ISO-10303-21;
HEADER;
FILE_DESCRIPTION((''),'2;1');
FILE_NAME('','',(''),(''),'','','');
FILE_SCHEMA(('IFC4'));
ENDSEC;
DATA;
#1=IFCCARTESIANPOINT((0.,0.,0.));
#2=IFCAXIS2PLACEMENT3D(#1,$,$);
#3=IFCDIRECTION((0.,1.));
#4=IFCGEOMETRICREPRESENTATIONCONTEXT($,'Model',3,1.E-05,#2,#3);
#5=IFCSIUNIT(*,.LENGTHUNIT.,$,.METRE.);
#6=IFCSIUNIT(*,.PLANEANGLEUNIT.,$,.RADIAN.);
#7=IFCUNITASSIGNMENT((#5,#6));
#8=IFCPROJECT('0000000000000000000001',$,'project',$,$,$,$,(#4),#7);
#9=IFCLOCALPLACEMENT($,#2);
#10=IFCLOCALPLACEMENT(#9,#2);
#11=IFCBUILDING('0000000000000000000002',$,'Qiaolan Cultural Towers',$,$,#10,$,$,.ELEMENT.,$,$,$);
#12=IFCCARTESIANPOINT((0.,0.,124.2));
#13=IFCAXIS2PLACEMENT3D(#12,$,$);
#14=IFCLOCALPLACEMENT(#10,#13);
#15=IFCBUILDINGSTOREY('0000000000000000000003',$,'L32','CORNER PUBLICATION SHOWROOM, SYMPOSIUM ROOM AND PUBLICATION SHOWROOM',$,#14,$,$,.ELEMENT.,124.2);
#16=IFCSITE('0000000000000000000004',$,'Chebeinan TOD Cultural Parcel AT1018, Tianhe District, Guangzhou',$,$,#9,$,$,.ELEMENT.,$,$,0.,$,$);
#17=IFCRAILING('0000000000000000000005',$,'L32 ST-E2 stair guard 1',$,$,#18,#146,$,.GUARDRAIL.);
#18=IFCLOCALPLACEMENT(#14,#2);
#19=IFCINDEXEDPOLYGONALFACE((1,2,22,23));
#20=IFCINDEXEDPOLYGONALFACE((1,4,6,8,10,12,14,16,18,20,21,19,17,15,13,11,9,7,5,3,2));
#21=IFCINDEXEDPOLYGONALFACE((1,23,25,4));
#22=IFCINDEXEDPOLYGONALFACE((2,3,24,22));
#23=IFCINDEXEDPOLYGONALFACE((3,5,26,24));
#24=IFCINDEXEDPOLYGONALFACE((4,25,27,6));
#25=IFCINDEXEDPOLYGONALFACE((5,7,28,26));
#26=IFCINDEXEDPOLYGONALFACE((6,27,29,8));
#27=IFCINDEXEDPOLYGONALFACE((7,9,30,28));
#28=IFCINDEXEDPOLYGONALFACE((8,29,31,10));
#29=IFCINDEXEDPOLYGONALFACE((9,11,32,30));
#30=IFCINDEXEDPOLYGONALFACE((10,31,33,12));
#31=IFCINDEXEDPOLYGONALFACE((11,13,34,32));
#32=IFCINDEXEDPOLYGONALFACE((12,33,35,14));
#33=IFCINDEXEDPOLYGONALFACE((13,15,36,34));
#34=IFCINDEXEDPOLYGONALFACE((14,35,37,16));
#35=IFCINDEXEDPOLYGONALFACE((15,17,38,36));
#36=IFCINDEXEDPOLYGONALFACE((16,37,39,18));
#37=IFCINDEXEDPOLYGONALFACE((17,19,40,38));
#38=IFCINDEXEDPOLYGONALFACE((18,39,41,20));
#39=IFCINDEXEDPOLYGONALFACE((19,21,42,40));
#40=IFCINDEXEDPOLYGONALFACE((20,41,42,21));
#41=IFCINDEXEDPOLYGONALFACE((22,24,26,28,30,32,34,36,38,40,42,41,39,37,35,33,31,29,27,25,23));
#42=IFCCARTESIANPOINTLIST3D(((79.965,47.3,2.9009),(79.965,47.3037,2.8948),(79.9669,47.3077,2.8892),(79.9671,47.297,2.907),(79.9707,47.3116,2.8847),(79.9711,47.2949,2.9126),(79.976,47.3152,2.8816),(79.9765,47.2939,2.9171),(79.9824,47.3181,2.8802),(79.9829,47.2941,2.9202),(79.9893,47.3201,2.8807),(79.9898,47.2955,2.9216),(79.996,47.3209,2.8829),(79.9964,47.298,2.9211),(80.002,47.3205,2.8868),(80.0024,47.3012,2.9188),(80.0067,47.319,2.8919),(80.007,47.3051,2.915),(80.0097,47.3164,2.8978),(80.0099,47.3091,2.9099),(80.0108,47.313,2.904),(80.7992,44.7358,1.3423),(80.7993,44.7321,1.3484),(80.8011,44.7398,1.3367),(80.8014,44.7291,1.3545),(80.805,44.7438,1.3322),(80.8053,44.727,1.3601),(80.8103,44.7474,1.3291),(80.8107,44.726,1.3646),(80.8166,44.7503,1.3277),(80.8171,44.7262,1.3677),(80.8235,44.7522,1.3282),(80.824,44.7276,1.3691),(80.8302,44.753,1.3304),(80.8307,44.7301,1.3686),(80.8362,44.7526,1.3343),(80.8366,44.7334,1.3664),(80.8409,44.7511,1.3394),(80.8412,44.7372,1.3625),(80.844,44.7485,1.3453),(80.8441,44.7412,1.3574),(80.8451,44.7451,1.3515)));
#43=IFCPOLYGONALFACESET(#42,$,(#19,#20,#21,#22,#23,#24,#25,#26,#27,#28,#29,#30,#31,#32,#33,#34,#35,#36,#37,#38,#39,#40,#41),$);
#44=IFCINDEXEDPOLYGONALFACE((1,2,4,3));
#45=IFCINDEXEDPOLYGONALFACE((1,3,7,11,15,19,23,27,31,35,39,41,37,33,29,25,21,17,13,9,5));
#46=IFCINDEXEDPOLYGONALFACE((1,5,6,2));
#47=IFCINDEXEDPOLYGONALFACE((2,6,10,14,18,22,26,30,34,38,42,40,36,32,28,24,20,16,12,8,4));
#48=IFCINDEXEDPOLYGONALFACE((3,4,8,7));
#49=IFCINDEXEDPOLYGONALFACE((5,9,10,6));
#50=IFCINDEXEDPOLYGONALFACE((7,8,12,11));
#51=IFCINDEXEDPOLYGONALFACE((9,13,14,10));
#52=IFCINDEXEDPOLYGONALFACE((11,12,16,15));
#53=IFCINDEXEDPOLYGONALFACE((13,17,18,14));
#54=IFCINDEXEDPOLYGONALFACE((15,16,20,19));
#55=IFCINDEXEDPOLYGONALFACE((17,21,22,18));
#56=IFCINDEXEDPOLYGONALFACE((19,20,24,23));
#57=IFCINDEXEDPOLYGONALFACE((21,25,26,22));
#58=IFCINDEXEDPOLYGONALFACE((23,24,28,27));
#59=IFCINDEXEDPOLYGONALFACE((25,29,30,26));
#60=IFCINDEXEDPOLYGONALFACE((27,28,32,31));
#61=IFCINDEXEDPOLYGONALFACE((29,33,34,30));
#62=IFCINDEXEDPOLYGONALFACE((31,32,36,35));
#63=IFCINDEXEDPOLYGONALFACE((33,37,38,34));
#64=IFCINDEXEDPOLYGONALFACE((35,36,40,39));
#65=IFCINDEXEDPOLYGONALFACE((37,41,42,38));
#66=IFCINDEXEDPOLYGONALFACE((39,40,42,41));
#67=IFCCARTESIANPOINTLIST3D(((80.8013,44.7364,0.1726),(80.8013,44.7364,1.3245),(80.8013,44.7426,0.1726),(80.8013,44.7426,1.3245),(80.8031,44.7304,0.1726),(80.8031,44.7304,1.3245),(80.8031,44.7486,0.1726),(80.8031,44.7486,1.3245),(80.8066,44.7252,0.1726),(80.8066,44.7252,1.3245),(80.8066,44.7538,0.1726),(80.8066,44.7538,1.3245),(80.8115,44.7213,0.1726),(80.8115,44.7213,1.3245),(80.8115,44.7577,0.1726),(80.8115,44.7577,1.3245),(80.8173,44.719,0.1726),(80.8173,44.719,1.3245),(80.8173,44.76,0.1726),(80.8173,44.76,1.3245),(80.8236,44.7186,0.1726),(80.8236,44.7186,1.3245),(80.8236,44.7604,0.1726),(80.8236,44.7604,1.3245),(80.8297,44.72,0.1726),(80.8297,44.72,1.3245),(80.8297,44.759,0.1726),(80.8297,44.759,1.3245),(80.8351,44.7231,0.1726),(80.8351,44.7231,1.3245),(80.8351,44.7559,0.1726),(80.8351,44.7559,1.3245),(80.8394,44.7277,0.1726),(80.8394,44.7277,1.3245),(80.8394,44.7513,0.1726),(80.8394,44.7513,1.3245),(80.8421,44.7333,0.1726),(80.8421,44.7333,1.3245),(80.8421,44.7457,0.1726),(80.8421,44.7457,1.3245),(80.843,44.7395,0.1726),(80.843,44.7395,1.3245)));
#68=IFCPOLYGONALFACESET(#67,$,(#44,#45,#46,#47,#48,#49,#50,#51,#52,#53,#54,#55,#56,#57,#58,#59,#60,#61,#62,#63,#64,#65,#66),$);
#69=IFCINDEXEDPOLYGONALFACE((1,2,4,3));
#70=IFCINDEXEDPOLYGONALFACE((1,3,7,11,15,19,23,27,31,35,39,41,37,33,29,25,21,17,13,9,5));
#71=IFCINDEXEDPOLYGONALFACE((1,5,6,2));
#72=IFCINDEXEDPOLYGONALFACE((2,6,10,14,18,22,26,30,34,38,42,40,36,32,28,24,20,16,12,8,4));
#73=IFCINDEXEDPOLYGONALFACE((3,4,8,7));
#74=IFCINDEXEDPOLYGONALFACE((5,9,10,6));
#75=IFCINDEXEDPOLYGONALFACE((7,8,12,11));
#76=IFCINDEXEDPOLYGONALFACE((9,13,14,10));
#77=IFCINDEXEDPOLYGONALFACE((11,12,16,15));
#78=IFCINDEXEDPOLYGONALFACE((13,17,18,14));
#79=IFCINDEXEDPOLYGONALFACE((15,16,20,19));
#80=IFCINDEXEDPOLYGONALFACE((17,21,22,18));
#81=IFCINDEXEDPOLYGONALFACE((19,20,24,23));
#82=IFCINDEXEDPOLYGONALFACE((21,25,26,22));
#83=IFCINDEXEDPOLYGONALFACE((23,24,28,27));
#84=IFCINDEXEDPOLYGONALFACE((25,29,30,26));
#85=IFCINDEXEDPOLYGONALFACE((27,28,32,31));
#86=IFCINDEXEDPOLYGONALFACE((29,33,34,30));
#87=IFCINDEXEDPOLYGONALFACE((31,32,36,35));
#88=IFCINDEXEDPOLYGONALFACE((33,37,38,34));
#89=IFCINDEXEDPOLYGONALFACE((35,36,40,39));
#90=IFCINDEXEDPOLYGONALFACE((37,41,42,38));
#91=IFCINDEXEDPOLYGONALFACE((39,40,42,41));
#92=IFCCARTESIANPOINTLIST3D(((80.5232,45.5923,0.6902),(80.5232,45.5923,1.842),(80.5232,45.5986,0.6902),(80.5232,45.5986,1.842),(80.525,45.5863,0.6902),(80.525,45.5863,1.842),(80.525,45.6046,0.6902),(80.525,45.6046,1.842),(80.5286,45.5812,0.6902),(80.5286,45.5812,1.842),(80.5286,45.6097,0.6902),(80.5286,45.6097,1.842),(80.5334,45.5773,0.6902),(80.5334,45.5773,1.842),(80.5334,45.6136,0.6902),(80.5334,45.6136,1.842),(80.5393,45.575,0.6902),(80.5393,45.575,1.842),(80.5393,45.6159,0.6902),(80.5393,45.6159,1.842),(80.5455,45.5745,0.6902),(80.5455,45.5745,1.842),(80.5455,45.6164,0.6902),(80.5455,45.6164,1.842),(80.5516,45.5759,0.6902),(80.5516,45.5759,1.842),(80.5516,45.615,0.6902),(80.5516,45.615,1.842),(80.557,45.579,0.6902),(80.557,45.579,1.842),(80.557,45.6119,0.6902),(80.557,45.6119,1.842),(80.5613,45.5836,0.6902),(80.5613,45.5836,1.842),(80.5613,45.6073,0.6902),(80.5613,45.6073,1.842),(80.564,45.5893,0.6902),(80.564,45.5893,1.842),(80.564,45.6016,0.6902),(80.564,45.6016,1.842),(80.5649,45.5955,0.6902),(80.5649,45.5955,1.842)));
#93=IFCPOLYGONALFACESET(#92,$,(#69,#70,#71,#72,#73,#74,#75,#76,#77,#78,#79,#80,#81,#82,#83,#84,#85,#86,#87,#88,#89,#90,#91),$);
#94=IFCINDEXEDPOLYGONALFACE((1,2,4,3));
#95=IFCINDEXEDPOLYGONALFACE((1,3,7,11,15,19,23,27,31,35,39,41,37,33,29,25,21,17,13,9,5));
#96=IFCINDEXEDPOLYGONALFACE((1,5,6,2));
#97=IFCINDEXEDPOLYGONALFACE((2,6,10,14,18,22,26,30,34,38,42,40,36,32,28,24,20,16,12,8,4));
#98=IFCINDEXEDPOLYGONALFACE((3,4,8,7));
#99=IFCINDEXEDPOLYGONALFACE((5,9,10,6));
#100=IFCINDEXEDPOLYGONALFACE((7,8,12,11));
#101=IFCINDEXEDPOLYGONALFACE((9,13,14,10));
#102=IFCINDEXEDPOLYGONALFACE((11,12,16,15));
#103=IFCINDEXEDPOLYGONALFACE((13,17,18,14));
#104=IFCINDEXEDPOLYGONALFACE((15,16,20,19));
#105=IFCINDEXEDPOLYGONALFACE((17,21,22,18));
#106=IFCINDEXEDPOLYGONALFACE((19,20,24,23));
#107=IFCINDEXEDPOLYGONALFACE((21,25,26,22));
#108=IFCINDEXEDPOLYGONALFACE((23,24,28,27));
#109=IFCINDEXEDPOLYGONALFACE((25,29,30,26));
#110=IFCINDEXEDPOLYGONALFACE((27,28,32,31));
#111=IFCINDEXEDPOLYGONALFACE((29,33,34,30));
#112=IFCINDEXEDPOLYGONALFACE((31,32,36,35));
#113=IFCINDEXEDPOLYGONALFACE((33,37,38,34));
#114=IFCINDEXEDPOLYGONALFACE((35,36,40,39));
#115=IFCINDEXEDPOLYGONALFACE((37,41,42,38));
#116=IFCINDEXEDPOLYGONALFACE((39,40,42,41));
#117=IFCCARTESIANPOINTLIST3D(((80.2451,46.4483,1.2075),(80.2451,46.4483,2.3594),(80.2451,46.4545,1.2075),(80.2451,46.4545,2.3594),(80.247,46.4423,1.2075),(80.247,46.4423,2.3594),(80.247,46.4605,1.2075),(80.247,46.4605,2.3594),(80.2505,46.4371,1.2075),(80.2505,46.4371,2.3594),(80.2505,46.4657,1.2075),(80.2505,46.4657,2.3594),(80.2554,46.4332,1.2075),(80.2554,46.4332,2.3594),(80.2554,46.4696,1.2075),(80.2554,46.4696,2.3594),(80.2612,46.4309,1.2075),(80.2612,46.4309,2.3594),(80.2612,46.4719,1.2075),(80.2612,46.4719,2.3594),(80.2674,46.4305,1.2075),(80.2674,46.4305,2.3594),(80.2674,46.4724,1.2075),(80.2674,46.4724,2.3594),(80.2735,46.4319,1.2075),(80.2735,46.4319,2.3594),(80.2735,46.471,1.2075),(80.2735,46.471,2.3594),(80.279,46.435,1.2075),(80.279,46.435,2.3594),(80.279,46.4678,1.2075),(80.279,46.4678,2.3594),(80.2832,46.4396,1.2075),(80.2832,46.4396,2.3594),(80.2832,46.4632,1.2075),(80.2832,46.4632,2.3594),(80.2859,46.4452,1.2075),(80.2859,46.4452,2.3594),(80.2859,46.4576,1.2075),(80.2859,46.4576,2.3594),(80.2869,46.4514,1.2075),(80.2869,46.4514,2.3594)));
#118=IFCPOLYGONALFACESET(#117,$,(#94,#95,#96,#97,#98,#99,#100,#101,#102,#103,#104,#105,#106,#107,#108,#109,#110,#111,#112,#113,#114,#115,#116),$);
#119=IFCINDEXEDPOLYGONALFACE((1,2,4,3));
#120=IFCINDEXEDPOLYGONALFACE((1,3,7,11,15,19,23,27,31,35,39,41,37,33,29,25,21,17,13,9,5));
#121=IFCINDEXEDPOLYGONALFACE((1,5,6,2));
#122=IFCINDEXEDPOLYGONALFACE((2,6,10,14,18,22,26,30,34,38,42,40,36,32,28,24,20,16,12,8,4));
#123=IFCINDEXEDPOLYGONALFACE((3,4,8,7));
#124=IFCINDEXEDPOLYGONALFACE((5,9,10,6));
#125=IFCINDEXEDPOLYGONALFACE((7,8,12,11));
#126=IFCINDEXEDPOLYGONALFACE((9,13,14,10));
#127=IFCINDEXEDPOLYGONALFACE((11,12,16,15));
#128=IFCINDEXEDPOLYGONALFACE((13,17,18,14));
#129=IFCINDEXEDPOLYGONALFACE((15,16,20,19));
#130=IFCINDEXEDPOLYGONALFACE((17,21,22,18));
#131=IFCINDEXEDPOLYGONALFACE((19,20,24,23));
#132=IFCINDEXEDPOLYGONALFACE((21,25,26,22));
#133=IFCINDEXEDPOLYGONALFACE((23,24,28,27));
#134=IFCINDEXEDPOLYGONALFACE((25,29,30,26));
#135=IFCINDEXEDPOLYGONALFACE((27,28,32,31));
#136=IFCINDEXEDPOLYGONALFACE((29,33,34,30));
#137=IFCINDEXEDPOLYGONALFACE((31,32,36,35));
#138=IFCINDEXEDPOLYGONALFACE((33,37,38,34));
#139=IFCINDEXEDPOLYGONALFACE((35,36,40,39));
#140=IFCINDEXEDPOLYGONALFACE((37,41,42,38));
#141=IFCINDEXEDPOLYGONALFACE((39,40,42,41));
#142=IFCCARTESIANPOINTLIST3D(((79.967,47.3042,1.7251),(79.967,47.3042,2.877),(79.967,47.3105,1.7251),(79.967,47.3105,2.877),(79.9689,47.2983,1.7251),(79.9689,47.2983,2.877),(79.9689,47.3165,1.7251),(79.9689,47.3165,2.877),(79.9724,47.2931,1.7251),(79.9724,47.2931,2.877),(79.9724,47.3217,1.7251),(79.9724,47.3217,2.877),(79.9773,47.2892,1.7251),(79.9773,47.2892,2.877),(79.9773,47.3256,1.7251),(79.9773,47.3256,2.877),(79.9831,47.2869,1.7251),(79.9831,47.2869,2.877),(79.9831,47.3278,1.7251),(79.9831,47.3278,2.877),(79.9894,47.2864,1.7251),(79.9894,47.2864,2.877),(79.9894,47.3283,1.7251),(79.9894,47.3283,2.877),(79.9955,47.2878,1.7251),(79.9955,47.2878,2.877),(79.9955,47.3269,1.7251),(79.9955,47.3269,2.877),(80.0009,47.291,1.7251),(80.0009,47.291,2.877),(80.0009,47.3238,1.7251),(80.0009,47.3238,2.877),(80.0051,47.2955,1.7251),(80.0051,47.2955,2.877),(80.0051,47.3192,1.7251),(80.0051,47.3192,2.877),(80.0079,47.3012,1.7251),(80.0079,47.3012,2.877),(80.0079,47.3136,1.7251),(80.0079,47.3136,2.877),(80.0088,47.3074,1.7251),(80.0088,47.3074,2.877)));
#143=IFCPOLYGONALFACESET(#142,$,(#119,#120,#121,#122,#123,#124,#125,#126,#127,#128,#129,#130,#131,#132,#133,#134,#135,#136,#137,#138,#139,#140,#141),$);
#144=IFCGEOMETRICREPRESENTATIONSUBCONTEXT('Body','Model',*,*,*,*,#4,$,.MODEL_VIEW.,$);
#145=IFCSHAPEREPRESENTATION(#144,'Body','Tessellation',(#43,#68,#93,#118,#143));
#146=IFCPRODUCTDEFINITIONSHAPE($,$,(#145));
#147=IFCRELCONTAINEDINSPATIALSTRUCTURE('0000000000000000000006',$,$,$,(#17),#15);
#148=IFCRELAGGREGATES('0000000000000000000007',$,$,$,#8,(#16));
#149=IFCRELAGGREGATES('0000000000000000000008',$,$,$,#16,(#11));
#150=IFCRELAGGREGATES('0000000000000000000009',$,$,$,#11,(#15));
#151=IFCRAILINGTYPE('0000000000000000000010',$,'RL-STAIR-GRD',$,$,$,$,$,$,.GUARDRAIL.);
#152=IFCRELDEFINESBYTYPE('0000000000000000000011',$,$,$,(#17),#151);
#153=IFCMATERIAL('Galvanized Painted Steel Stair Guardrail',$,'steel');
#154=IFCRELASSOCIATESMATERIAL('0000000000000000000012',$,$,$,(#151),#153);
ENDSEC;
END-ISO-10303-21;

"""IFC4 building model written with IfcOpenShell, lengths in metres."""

from ifc_helpers import new_model, si_unit, direction, frame, origin, origin_2d, place, context, subcontext, project, spatial, circle, extrude, material, type_object, element, save


model = new_model("IFC4")

# Units and contexts
model_context = context("Model", 3, precision=1e-05, world=origin(), true_north=direction((0.0, 1.0)))
body_context = subcontext(model_context, "Body", "Model", "MODEL_VIEW")
ifc_project = project(units=[si_unit("LENGTHUNIT", "METRE"), si_unit("PLANEANGLEUNIT", "RADIAN")], contexts=[model_context])

# Site, building, storey
site_placement = place(None, origin())
site = spatial("IfcSite", under=ifc_project, at=site_placement, Name="Chebeinan TOD Cultural Parcel AT1018, Tianhe District, Guangzhou", CompositionType="ELEMENT", RefElevation=0.0)
building_placement = place(site_placement, origin())
building = spatial("IfcBuilding", under=site, at=building_placement, Name="Qiaolan Cultural Towers", CompositionType="ELEMENT")
storey_placement = place(building_placement, frame((0.0, 0.0, 124.2)))
storey = spatial("IfcBuildingStorey", under=building, at=storey_placement, Name="L32", Description="CORNER PUBLICATION SHOWROOM, SYMPOSIUM ROOM AND PUBLICATION SHOWROOM", CompositionType="ELEMENT", Elevation=124.2)

# Railing
ifc_material_1 = material(Name="Galvanized Painted Steel Stair Guardrail", Category="steel")
railing_type_1 = type_object("IfcRailingType", Name="RL-STAIR-GRD", PredefinedType="GUARDRAIL", material=ifc_material_1)
railing_1_placement = place(storey_placement, frame((80.822, 44.7395, 0.1726)))
element("IfcRailing", 1, at=railing_1_placement, inside=storey, type_object=railing_type_1, Name="L32 ST-E2 stair guard 1", PredefinedType="GUARDRAIL", context=body_context, shape_type="SweptSolid", body=[
    extrude(circle(Radius=0.0239, at=origin_2d()), frame((0.0, 0.0, 1.1758), z_axis=(-0.267853, 0.824488, 0.498471), x_axis=(-0.95107, -0.308976, 0.0)), (0.0, 0.0, 1.0), 3.1145),
    extrude(circle(Radius=0.021, at=origin_2d()), origin(), (0.0, 0.0, 1.0), 1.1519),
    extrude(circle(Radius=0.021, at=origin_2d()), frame((-0.2781, 0.856, 0.5176)), (0.0, 0.0, 1.0), 1.1519),
    extrude(circle(Radius=0.021, at=origin_2d()), frame((-0.5562, 1.7119, 1.0349)), (0.0, 0.0, 1.0), 1.1519),
    extrude(circle(Radius=0.021, at=origin_2d()), frame((-0.8342, 2.5679, 1.5525)), (0.0, 0.0, 1.0), 1.1519),
])

save(model, "model.ifc")
